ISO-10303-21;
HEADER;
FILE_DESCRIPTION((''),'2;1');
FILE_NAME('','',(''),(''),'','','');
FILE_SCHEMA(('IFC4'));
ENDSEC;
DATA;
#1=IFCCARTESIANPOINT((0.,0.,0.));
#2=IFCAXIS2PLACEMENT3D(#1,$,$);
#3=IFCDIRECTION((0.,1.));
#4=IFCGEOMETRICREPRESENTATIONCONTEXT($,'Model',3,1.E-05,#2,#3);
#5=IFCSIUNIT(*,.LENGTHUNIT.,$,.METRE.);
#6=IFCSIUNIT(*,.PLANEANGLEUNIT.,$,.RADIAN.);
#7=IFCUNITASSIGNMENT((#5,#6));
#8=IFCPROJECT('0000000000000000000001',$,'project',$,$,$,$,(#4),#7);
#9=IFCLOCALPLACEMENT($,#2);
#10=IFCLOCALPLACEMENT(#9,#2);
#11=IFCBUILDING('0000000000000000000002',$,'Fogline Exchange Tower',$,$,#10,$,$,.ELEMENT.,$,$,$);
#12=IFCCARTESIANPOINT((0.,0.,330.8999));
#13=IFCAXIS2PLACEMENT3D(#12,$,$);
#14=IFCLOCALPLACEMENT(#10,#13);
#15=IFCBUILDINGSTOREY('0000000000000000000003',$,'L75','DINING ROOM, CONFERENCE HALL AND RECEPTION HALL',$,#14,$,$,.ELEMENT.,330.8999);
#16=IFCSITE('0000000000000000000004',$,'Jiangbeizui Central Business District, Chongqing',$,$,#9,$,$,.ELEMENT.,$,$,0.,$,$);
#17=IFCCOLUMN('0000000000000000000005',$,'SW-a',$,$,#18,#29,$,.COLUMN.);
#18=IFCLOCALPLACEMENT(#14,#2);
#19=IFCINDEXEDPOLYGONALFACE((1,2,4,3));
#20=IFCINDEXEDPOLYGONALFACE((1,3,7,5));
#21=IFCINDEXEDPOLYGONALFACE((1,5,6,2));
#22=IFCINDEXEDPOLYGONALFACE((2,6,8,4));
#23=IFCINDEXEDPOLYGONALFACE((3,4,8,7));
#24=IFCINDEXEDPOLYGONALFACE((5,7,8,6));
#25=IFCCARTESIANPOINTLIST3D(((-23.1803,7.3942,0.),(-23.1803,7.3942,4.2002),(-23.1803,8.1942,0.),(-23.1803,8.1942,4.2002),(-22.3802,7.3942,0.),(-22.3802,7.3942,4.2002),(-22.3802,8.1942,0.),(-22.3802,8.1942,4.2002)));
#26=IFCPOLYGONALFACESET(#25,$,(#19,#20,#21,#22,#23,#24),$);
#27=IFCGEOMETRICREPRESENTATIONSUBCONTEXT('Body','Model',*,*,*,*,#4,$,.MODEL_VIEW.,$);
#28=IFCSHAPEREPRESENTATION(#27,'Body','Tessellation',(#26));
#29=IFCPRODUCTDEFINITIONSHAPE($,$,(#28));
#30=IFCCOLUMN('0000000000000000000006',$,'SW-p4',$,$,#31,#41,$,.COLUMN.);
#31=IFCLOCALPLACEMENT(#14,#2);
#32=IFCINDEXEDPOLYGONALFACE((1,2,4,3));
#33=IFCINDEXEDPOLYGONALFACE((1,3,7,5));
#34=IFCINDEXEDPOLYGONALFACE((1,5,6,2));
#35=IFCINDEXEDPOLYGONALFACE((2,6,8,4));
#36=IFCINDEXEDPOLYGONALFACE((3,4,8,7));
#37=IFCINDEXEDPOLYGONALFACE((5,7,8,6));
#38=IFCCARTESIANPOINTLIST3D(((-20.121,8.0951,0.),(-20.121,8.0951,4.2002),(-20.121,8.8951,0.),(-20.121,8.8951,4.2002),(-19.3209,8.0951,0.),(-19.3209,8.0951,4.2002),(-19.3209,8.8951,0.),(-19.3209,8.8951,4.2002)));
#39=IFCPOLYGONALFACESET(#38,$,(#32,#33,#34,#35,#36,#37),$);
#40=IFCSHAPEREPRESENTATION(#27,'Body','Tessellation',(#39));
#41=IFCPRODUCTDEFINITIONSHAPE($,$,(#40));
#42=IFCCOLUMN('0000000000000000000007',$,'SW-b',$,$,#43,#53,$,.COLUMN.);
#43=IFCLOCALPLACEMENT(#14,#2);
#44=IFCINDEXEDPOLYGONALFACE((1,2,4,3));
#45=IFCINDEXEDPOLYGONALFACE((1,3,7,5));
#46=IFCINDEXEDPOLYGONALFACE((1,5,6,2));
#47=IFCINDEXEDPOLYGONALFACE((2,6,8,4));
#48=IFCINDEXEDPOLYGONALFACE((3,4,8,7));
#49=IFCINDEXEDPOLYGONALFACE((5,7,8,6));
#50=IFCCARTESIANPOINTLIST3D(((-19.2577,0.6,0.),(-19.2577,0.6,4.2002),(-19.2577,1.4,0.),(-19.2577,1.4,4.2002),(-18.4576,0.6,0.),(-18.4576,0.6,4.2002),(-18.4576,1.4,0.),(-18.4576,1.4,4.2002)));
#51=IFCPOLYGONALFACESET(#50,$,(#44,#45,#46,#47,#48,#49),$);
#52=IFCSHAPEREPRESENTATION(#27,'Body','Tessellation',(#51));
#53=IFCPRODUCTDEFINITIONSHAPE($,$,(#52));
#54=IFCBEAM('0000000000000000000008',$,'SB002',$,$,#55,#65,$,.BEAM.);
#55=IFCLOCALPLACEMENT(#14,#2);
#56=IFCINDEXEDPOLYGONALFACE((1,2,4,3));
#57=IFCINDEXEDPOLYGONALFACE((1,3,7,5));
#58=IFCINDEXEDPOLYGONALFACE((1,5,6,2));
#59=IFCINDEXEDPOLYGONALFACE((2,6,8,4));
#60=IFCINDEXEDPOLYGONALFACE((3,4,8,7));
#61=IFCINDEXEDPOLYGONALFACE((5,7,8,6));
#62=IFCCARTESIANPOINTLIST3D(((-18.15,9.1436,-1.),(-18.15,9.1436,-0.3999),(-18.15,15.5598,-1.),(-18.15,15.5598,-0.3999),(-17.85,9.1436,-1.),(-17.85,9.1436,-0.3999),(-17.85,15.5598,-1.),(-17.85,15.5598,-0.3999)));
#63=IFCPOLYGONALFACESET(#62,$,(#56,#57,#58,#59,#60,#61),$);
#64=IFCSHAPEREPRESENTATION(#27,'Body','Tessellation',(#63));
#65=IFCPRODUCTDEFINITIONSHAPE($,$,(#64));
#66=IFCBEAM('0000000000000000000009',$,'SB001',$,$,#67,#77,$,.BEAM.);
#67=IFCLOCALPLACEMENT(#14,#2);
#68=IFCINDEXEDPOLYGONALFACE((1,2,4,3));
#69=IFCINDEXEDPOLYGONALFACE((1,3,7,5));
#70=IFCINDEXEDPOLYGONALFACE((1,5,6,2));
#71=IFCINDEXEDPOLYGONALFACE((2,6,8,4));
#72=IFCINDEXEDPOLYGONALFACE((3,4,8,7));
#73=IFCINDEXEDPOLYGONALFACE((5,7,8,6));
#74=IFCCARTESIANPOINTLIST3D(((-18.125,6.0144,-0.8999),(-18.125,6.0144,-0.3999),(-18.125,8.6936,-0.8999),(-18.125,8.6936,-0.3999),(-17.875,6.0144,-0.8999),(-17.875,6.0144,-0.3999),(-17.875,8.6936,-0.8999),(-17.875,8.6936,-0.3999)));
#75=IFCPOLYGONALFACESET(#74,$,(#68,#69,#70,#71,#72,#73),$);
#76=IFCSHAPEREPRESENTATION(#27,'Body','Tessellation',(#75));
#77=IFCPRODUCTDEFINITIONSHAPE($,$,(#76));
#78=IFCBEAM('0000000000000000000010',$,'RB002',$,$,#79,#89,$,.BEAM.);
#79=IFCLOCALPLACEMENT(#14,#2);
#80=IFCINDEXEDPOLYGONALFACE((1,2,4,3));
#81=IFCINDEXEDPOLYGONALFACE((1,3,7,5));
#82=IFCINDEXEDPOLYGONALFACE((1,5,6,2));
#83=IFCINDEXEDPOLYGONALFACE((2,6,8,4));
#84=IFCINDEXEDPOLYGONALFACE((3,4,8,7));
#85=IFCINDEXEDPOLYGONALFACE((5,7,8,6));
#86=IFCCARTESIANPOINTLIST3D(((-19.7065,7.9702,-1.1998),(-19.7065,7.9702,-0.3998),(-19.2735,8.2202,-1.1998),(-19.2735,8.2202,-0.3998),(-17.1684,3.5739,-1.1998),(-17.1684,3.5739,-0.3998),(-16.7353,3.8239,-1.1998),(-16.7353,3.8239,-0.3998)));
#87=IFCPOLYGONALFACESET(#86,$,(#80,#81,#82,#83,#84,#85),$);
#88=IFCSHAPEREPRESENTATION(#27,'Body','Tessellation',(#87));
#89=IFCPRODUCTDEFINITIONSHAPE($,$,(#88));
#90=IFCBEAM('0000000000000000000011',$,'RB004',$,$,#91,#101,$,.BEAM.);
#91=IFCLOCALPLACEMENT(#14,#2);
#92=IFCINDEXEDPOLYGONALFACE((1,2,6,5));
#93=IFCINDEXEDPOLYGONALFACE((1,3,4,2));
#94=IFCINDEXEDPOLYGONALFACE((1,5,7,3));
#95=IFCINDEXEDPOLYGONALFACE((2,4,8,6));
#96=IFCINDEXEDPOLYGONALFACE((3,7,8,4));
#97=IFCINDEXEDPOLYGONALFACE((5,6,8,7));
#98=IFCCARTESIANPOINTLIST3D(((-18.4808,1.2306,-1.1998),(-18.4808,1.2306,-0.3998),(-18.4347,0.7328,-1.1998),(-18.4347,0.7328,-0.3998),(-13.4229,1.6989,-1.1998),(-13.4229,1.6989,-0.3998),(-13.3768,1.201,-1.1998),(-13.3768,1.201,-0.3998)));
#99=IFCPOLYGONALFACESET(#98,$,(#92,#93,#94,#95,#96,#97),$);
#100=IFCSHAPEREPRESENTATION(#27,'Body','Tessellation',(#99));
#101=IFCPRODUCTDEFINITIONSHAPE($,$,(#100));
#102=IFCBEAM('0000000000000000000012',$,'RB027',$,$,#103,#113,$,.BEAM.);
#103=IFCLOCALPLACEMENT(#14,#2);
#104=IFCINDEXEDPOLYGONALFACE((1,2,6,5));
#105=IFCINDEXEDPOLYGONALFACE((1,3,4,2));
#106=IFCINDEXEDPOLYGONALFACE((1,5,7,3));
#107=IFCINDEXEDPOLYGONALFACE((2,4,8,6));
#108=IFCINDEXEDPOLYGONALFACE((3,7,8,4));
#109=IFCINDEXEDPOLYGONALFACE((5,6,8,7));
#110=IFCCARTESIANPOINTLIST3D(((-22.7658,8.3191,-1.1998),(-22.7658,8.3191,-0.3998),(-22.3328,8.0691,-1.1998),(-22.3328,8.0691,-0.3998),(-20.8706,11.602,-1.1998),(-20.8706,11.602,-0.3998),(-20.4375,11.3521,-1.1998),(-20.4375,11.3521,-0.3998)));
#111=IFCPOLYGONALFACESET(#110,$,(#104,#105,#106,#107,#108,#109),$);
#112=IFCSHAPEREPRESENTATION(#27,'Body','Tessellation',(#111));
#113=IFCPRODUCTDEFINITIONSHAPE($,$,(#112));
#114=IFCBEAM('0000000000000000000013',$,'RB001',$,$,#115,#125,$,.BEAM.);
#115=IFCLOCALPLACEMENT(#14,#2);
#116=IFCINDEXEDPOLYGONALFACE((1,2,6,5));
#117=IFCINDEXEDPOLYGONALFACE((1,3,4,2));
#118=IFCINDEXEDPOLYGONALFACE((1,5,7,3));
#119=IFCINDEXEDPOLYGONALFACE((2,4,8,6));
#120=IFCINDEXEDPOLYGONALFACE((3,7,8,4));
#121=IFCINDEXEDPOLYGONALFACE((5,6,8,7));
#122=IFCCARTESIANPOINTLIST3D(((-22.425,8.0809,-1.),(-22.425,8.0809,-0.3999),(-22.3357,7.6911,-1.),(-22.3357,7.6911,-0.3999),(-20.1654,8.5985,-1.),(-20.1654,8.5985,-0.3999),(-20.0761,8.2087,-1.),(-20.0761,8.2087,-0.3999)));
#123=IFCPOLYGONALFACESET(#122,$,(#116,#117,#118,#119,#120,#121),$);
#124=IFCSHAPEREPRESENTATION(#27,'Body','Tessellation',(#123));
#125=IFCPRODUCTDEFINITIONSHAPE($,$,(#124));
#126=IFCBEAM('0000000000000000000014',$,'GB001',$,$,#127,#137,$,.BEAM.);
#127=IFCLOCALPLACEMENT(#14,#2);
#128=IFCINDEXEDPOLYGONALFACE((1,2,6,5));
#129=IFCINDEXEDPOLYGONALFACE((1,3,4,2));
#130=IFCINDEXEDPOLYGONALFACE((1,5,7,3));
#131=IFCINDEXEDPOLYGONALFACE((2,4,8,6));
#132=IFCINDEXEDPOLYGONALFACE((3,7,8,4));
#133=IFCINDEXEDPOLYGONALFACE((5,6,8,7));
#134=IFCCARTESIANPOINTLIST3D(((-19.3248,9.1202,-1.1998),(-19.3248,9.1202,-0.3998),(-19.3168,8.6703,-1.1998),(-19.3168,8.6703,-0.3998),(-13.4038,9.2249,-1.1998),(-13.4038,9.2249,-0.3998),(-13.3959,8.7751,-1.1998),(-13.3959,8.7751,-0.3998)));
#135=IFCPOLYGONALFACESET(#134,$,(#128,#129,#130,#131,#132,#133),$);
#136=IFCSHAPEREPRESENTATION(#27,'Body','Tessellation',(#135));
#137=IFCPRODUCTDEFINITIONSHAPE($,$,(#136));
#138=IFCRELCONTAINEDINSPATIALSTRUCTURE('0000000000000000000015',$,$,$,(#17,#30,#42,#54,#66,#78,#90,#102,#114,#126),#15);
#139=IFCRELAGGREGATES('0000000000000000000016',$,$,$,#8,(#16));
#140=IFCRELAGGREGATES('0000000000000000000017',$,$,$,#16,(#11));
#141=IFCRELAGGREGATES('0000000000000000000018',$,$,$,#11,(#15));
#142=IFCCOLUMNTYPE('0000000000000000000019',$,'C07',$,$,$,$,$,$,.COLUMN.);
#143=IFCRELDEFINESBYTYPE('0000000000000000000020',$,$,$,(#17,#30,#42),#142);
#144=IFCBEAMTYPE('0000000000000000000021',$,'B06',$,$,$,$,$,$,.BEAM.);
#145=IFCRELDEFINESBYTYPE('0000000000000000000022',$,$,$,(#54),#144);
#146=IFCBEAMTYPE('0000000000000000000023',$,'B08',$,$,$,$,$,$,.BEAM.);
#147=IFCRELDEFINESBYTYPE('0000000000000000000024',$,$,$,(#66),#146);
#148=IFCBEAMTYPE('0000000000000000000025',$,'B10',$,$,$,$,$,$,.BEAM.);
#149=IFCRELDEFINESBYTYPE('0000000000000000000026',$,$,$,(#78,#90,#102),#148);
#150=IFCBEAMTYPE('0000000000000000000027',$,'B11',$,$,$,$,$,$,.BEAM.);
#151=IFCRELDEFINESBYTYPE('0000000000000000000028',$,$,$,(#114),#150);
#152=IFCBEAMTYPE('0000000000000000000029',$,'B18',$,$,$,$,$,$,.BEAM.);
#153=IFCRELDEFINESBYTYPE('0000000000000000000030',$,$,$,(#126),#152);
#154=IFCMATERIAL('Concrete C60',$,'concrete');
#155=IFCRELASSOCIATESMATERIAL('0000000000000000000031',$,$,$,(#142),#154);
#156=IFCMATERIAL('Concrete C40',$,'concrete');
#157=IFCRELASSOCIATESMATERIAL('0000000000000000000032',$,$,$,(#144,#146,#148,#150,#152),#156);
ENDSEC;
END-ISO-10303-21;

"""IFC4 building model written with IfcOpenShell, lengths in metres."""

from ifc_helpers import new_model, si_unit, direction, frame, origin, origin_2d, place, context, subcontext, project, spatial, rectangle, extrude, material, material_profile, profile_set, type_object, element, save


model = new_model("IFC4")

# Units and contexts
model_context = context("Model", 3, precision=1e-05, world=origin(), true_north=direction((0.0, 1.0)))
body_context = subcontext(model_context, "Body", "Model", "MODEL_VIEW")
ifc_project = project(units=[si_unit("LENGTHUNIT", "METRE"), si_unit("PLANEANGLEUNIT", "RADIAN")], contexts=[model_context])

# Site, building, storey
site_placement = place(None, origin())
site = spatial("IfcSite", under=ifc_project, at=site_placement, Name="Jiangbeizui Central Business District, Chongqing", CompositionType="ELEMENT", RefElevation=0.0)
building_placement = place(site_placement, origin())
building = spatial("IfcBuilding", under=site, at=building_placement, Name="Fogline Exchange Tower", CompositionType="ELEMENT")
storey_placement = place(building_placement, frame((0.0, 0.0, 330.8999)))
storey = spatial("IfcBuildingStorey", under=building, at=storey_placement, Name="L75", Description="DINING ROOM, CONFERENCE HALL AND RECEPTION HALL", CompositionType="ELEMENT", Elevation=330.8999)

# Columns
ifc_material_1 = material(Name="Concrete C60", Category="concrete")
ifc_material_profile_1 = material_profile(ifc_material_1, rectangle(XDim=0.8, YDim=0.8, at=origin_2d()), Name="RC 800x800")
ifc_profile_set_1 = profile_set([ifc_material_profile_1], Name="Concrete C60")
column_type = type_object("IfcColumnType", Name="C07", PredefinedType="COLUMN", material=ifc_profile_set_1)
for number, where, z_axis, x_axis, name in (
    (1, (-22.7803, 7.7942, 0.0), (0.0, 0.0, 1.0), (1.0, 0.0, 0.0), "SW-a"),
    (2, (-19.7209, 8.4951, 0.0), (0.0, 0.0, 1.0), (1.0, 0.0, 0.0), "SW-p4"),
    (3, (-18.8577, 1.0, 0.0), (0.0, 0.0, 1.0), (1.0, 0.0, 0.0), "SW-b"),
):
    element("IfcColumn", number, at=place(storey_placement, frame(where, z_axis=z_axis, x_axis=x_axis)), inside=storey, type_object=column_type, Name=name, PredefinedType="COLUMN", context=body_context, shape_type="SweptSolid", body=[
        extrude(rectangle(XDim=0.8, YDim=0.8, at=origin_2d()), origin(), (0.0, 0.0, 1.0), 4.2002),
    ])

# Beams
ifc_material_2 = material(Name="Concrete C40", Category="concrete")
ifc_material_profile_2 = material_profile(ifc_material_2, rectangle(XDim=0.3, YDim=0.6001, at=origin_2d()), Name="RC 300x600")
ifc_profile_set_2 = profile_set([ifc_material_profile_2], Name="Concrete C40")
beam_type_1 = type_object("IfcBeamType", Name="B06", PredefinedType="BEAM", material=ifc_profile_set_2)
beam_1_placement = place(storey_placement, frame((-18.0, 9.1436, -0.7), z_axis=(0.0, 1.0, 0.0), x_axis=(-1.0, 0.0, 0.0)))
element("IfcBeam", 4, at=beam_1_placement, inside=storey, type_object=beam_type_1, Name="SB002", PredefinedType="BEAM", context=body_context, shape_type="SweptSolid", body=[
    extrude(rectangle(XDim=0.3, YDim=0.6001, at=origin_2d()), origin(), (0.0, 0.0, 1.0), 6.4163),
])
ifc_material_profile_3 = material_profile(ifc_material_2, rectangle(XDim=0.25, YDim=0.5, at=origin_2d()), Name="RC 250x500")
ifc_profile_set_3 = profile_set([ifc_material_profile_3], Name="Concrete C40")
beam_type_2 = type_object("IfcBeamType", Name="B08", PredefinedType="BEAM", material=ifc_profile_set_3)
beam_2_placement = place(storey_placement, frame((-18.0, 6.0144, -0.6499), z_axis=(0.0, 1.0, 0.0), x_axis=(-1.0, 0.0, 0.0)))
element("IfcBeam", 5, at=beam_2_placement, inside=storey, type_object=beam_type_2, Name="SB001", PredefinedType="BEAM", context=body_context, shape_type="SweptSolid", body=[
    extrude(rectangle(XDim=0.25, YDim=0.5, at=origin_2d()), origin(), (0.0, 0.0, 1.0), 2.6792),
])
ifc_material_profile_4 = material_profile(ifc_material_2, rectangle(XDim=0.5, YDim=0.8, at=origin_2d()), Name="RC 500x800")
ifc_profile_set_4 = profile_set([ifc_material_profile_4], Name="Concrete C40")
beam_type_3 = type_object("IfcBeamType", Name="B10", PredefinedType="BEAM", material=ifc_profile_set_4)
beam_3_placement = place(storey_placement, frame((-19.49, 8.0952, -0.7998), z_axis=(0.499988, -0.866033, 0.0), x_axis=(0.866033, 0.499988, 0.0)))
element("IfcBeam", 6, at=beam_3_placement, inside=storey, type_object=beam_type_3, Name="RB002", PredefinedType="BEAM", context=body_context, shape_type="SweptSolid", body=[
    extrude(rectangle(XDim=0.5, YDim=0.8, at=origin_2d()), origin(), (0.0, 0.0, 1.0), 5.0764),
])
beam_4_placement = place(storey_placement, frame((-18.4578, 0.9817, -0.7998), z_axis=(0.995742, 0.092187, 0.0), x_axis=(-0.092187, 0.995742, 0.0)))
element("IfcBeam", 7, at=beam_4_placement, inside=storey, type_object=beam_type_3, Name="RB004", PredefinedType="BEAM", context=body_context, shape_type="SweptSolid", body=[
    extrude(rectangle(XDim=0.5, YDim=0.8, at=origin_2d()), origin(), (0.0, 0.0, 1.0), 5.0796),
])
beam_5_placement = place(storey_placement, frame((-20.6541, 11.4771, -0.7998), z_axis=(-0.49997, -0.866043, 0.0), x_axis=(0.866043, -0.49997, 0.0)))
element("IfcBeam", 8, at=beam_5_placement, inside=storey, type_object=beam_type_3, Name="RB027", PredefinedType="BEAM", context=body_context, shape_type="SweptSolid", body=[
    extrude(rectangle(XDim=0.5, YDim=0.8, at=origin_2d()), origin(), (0.0, 0.0, 1.0), 3.7908),
])
ifc_material_profile_5 = material_profile(ifc_material_2, rectangle(XDim=0.3999, YDim=0.6001, at=origin_2d()), Name="RC 400x600")
ifc_profile_set_5 = profile_set([ifc_material_profile_5], Name="Concrete C40")
beam_type_4 = type_object("IfcBeamType", Name="B11", PredefinedType="BEAM", material=ifc_profile_set_5)
beam_6_placement = place(storey_placement, frame((-22.3804, 7.886, -0.7), z_axis=(0.974754, 0.223282, 0.0), x_axis=(-0.223282, 0.974754, 0.0)))
element("IfcBeam", 9, at=beam_6_placement, inside=storey, type_object=beam_type_4, Name="RB001", PredefinedType="BEAM", context=body_context, shape_type="SweptSolid", body=[
    extrude(rectangle(XDim=0.3999, YDim=0.6001, at=origin_2d()), origin(), (0.0, 0.0, 1.0), 2.3181),
])
ifc_material_profile_6 = material_profile(ifc_material_2, rectangle(XDim=0.45, YDim=0.8, at=origin_2d()), Name="RC 450x800")
ifc_profile_set_6 = profile_set([ifc_material_profile_6], Name="Concrete C40")
beam_type_5 = type_object("IfcBeamType", Name="B18", PredefinedType="BEAM", material=ifc_profile_set_6)
beam_7_placement = place(storey_placement, frame((-19.3208, 8.8953, -0.7998), z_axis=(0.999844, 0.017686, 0.0), x_axis=(-0.017686, 0.999844, 0.0)))
element("IfcBeam", 10, at=beam_7_placement, inside=storey, type_object=beam_type_5, Name="GB001", PredefinedType="BEAM", context=body_context, shape_type="SweptSolid", body=[
    extrude(rectangle(XDim=0.45, YDim=0.8, at=origin_2d()), origin(), (0.0, 0.0, 1.0), 5.9219),
])

save(model, "model.ifc")
